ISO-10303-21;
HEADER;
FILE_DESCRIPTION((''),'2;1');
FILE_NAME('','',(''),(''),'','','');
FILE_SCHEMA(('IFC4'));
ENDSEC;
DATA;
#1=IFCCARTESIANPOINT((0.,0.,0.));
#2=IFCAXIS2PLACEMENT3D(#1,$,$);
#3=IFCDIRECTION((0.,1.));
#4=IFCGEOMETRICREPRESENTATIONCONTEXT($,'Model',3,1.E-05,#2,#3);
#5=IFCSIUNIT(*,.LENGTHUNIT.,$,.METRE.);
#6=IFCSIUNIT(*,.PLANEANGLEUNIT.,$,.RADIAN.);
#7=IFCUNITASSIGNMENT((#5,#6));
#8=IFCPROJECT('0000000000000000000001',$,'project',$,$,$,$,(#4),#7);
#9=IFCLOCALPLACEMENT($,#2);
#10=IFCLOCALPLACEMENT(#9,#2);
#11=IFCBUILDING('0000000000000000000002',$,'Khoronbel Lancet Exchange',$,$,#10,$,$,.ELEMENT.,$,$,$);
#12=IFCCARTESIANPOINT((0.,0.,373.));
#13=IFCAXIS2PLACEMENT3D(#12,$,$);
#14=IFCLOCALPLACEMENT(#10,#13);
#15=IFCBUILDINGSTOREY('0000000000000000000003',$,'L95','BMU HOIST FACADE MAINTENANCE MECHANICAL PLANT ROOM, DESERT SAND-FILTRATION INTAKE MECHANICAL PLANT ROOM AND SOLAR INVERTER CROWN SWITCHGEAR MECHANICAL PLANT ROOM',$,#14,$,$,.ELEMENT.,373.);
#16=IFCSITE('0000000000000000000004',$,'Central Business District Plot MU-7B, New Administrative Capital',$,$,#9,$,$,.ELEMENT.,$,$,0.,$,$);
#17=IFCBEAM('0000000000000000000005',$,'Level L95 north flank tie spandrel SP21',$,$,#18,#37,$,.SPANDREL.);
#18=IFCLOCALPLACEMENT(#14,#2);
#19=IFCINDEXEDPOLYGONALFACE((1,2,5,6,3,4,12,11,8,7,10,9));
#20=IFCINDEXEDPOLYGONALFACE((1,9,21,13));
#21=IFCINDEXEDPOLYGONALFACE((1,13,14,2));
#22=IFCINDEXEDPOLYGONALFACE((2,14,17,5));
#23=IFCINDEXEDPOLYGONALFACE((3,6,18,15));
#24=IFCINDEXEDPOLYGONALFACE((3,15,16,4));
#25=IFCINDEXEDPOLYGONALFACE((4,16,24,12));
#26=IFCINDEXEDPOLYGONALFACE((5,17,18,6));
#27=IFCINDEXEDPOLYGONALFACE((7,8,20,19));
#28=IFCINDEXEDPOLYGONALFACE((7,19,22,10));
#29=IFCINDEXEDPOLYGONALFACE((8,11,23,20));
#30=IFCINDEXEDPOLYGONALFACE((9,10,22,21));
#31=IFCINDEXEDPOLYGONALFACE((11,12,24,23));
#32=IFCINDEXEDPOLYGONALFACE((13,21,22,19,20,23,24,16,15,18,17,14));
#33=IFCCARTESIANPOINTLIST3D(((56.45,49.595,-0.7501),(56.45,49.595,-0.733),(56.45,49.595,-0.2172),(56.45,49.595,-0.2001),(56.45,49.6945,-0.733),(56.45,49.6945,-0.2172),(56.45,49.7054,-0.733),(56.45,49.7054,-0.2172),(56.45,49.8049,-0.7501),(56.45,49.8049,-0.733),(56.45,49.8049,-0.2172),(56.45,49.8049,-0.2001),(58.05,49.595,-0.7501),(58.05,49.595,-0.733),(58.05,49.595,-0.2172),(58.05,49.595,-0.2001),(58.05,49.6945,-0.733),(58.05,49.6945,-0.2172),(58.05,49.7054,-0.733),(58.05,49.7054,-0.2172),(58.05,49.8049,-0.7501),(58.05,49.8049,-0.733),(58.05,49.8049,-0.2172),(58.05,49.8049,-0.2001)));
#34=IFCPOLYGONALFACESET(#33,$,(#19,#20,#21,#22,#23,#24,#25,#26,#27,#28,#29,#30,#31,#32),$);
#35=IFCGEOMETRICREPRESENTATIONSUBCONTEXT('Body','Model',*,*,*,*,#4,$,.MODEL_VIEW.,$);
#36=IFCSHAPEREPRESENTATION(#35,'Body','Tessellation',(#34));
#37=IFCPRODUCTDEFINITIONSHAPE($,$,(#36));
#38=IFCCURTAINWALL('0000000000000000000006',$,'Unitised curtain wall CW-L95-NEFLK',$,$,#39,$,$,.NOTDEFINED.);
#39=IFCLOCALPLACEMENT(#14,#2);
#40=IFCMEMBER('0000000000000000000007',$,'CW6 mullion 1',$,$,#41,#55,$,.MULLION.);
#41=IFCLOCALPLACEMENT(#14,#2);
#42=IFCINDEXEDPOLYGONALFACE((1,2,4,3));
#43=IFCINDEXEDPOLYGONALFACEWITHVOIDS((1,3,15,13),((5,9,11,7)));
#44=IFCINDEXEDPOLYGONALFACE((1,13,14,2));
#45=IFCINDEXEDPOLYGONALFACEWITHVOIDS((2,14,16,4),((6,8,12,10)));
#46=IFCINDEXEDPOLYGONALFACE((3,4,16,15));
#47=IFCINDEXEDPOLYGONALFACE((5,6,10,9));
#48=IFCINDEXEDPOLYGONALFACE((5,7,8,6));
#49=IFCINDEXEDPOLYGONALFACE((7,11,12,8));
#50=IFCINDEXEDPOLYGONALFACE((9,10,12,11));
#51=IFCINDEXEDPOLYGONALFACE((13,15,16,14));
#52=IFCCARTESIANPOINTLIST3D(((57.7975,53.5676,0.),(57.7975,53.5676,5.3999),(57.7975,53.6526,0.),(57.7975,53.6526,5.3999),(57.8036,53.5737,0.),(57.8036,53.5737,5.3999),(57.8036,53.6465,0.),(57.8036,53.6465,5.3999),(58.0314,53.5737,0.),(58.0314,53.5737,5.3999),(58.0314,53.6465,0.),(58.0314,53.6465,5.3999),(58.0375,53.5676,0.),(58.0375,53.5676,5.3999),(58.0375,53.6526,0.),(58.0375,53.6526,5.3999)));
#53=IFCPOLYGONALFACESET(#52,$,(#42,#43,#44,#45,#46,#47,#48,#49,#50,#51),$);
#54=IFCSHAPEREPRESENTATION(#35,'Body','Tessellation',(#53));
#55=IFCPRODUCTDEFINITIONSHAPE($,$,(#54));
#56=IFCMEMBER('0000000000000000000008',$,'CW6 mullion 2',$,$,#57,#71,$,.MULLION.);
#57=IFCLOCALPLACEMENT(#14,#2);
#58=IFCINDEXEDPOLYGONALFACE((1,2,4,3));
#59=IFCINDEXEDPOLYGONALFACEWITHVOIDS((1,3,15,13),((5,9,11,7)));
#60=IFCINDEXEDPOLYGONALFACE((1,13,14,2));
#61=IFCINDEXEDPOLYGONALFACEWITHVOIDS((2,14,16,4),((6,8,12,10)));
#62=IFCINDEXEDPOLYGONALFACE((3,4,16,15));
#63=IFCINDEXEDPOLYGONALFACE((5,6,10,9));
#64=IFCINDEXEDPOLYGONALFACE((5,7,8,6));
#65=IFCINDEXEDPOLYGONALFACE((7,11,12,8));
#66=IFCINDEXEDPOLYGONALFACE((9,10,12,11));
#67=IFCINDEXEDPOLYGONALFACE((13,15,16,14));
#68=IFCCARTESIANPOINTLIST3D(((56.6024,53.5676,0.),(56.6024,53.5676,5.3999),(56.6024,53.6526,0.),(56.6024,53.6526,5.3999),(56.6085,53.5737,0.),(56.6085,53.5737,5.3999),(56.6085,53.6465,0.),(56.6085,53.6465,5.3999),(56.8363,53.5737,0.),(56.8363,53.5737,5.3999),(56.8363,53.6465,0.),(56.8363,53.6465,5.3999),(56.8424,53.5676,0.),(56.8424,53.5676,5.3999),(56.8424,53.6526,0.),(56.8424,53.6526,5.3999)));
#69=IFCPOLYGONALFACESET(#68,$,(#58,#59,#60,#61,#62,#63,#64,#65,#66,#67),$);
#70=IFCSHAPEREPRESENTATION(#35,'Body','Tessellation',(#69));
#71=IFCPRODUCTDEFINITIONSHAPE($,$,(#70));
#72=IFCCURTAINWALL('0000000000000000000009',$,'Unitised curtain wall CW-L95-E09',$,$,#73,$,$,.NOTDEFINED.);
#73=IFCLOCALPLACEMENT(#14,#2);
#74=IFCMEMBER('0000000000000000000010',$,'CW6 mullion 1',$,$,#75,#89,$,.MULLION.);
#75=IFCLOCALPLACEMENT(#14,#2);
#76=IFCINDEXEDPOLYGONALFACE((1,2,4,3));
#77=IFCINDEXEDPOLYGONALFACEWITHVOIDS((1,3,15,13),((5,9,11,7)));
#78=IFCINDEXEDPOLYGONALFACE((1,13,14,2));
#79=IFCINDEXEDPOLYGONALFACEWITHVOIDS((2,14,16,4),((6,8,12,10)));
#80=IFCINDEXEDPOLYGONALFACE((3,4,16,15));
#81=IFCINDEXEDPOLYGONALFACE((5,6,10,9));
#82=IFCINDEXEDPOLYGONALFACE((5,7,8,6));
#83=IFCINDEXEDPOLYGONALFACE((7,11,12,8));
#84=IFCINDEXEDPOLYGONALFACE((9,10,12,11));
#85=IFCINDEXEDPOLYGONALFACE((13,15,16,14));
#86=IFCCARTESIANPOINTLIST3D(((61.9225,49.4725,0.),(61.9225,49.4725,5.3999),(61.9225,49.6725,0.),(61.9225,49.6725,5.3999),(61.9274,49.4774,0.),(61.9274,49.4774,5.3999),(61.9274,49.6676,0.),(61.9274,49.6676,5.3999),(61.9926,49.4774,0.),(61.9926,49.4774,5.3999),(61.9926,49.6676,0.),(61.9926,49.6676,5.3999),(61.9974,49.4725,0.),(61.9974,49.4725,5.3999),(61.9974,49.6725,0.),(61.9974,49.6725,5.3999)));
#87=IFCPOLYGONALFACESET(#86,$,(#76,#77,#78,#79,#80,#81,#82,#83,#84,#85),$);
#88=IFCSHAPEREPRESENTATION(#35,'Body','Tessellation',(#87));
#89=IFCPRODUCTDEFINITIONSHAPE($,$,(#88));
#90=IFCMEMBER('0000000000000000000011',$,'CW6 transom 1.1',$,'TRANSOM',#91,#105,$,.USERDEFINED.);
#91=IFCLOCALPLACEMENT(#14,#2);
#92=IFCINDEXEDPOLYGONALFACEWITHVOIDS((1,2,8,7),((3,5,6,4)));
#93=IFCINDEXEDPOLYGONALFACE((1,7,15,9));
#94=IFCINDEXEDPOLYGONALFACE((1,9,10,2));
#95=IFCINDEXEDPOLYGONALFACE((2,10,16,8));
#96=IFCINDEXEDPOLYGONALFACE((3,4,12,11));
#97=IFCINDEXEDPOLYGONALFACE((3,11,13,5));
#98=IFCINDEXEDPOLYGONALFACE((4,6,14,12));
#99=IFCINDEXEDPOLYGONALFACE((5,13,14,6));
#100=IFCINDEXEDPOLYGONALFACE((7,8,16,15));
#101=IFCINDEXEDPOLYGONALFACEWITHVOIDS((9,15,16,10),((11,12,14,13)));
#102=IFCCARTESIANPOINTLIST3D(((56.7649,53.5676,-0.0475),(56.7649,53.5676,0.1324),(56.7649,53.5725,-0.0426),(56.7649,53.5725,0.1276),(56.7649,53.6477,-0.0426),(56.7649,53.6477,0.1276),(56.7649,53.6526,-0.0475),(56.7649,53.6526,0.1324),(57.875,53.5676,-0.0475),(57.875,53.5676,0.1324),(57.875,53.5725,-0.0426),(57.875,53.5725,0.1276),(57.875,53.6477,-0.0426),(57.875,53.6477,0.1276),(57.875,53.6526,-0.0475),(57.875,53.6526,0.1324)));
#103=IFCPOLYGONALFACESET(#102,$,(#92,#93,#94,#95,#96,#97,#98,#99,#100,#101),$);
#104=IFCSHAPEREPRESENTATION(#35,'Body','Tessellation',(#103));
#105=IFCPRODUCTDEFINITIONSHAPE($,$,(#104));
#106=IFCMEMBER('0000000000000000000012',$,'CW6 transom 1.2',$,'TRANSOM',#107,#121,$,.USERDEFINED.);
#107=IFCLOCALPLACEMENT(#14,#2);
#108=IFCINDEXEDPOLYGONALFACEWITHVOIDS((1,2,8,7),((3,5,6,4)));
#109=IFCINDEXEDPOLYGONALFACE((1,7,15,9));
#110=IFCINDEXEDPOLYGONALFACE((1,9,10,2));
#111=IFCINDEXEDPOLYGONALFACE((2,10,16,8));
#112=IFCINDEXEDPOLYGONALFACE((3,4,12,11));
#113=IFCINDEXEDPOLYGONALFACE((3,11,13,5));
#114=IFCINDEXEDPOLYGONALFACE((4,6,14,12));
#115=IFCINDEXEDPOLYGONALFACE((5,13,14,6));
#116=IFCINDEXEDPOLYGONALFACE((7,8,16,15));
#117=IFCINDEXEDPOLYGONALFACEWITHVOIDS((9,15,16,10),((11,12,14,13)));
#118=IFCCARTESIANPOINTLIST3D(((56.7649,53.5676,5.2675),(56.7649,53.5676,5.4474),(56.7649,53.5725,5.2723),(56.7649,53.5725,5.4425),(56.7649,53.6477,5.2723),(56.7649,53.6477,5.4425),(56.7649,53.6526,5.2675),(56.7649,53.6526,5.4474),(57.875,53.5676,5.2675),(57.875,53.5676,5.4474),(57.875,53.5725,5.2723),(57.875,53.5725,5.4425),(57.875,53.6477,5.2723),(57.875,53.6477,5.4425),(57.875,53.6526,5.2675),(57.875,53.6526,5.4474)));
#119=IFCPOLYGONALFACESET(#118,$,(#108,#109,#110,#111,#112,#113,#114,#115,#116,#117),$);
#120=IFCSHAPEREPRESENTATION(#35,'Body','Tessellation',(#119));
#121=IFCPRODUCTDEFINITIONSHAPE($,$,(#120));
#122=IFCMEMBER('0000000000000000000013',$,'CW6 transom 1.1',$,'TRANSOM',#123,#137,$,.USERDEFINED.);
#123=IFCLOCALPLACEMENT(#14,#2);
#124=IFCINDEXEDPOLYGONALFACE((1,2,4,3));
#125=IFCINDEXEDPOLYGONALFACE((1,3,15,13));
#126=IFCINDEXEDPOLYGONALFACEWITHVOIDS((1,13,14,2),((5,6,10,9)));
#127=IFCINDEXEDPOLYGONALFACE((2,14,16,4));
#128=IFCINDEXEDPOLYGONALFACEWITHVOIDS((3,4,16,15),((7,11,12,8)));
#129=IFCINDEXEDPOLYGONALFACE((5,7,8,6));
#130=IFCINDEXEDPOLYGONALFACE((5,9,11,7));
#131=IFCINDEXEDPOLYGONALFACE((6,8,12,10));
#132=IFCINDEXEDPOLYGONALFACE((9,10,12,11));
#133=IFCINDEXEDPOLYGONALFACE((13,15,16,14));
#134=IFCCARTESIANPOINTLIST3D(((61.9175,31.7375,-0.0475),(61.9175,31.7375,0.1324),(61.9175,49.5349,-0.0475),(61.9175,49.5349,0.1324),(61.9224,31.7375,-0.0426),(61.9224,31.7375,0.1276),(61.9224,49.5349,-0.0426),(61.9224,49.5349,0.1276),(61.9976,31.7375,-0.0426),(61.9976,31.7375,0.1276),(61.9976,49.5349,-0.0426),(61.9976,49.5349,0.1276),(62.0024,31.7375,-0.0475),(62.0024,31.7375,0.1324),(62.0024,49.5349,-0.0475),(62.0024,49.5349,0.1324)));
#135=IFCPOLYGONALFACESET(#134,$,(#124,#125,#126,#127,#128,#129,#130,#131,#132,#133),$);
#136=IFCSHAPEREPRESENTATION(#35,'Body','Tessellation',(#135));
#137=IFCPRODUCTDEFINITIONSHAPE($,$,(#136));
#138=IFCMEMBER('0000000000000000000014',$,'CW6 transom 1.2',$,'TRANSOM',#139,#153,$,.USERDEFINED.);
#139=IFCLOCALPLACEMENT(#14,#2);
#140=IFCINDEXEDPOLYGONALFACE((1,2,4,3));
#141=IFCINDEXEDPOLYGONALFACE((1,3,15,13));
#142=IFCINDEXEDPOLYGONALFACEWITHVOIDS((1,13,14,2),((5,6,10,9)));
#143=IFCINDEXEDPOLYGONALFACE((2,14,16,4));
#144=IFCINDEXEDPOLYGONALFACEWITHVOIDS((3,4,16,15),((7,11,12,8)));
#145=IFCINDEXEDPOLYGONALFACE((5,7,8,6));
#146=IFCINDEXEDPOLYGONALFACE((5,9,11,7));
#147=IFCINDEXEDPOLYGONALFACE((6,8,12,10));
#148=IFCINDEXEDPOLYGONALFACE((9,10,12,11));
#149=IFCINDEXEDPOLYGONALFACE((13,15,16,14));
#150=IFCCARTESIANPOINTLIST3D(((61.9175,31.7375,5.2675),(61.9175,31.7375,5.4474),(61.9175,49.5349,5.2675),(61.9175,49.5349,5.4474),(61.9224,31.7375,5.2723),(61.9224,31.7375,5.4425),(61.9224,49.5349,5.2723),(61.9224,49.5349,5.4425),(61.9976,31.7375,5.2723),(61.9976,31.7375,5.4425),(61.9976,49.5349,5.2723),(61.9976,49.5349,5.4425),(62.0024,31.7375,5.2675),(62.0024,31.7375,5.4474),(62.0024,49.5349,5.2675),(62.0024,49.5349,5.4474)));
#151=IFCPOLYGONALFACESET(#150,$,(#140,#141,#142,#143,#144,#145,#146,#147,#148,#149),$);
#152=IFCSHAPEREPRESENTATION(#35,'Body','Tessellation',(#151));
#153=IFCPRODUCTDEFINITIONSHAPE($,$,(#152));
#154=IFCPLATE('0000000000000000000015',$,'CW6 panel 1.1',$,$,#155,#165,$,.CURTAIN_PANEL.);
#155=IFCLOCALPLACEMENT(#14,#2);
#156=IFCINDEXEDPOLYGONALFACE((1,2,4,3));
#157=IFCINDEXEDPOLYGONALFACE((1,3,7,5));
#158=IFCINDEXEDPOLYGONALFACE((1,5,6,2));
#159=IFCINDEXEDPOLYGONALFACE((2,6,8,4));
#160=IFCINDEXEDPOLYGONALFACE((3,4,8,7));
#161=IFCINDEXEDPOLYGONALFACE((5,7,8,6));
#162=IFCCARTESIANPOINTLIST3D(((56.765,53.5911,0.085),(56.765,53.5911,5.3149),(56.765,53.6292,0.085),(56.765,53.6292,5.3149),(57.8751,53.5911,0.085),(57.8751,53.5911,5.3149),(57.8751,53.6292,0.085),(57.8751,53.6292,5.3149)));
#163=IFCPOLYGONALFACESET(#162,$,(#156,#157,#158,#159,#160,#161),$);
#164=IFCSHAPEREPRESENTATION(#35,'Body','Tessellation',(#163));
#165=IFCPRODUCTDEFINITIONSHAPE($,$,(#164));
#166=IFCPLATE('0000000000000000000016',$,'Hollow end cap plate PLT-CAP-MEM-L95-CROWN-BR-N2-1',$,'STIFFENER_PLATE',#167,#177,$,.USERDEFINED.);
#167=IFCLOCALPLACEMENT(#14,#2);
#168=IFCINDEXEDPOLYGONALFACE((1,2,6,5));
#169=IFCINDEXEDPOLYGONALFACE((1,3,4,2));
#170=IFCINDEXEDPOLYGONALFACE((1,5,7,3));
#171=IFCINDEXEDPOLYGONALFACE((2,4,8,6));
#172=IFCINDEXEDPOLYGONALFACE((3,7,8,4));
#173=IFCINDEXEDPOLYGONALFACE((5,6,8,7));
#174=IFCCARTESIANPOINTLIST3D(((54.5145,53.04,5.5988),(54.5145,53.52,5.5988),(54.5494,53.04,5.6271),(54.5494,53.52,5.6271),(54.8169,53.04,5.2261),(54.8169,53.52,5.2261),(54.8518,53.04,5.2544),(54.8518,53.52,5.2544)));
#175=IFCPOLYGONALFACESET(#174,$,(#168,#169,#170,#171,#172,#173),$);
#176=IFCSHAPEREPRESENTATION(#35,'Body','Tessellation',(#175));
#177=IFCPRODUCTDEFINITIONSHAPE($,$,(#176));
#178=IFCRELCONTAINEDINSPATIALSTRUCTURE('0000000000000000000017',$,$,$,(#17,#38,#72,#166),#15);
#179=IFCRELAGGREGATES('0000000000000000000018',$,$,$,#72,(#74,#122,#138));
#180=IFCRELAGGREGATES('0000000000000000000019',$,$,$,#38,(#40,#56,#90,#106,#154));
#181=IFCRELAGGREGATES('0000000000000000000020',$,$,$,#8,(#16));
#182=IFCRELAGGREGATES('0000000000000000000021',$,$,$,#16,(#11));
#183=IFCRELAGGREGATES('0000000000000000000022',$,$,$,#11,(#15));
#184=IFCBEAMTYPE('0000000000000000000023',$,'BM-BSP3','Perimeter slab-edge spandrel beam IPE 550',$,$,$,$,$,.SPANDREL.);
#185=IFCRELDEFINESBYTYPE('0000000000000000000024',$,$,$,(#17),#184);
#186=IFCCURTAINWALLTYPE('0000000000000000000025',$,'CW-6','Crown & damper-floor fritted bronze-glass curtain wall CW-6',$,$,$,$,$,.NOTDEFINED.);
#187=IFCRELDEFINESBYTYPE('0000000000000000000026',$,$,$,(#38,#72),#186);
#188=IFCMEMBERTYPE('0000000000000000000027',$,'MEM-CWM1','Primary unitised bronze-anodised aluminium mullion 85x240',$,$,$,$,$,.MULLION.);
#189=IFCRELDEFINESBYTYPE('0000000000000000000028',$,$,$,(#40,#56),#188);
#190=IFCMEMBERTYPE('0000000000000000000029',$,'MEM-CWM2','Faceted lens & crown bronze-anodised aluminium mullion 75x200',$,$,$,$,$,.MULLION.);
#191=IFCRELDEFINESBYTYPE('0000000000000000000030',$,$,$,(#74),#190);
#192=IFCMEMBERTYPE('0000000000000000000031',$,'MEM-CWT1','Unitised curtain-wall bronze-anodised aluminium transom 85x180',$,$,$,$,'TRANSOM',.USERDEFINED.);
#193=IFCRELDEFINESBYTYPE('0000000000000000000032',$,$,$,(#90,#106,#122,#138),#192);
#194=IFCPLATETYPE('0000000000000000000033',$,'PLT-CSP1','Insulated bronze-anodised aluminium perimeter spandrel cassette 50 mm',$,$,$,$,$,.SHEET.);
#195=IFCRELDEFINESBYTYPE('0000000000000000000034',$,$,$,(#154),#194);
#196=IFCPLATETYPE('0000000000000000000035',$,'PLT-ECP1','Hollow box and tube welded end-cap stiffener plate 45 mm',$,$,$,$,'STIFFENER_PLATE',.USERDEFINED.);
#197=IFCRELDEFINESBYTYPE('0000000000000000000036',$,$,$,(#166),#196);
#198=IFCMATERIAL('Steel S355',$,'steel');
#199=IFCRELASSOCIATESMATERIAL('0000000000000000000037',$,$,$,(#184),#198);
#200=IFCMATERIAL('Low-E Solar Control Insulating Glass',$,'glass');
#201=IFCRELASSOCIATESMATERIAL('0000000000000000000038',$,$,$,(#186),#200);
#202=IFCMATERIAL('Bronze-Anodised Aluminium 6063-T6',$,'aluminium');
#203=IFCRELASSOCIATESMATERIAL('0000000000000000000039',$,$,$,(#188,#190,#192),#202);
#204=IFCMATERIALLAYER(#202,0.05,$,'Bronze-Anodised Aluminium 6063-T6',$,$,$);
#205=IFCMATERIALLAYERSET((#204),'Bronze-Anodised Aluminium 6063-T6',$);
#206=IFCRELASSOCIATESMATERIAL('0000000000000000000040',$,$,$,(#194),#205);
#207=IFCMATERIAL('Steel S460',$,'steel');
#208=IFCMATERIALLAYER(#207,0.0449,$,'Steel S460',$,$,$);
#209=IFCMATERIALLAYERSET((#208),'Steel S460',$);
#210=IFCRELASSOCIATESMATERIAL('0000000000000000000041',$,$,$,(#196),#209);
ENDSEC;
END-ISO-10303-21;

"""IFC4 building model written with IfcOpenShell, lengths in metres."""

from ifc_helpers import new_model, si_unit, direction, frame, origin, origin_2d, place, context, subcontext, project, spatial, polyline, rectangle, hollow_rectangle, i_section, outline, extrude, material, layer, layer_set, material_profile, profile_set, type_object, element, aggregate, save


model = new_model("IFC4")

# Units and contexts
model_context = context("Model", 3, precision=1e-05, world=origin(), true_north=direction((0.0, 1.0)))
body_context = subcontext(model_context, "Body", "Model", "MODEL_VIEW")
ifc_project = project(units=[si_unit("LENGTHUNIT", "METRE"), si_unit("PLANEANGLEUNIT", "RADIAN")], contexts=[model_context])

# Site, building, storey
site_placement = place(None, origin())
site = spatial("IfcSite", under=ifc_project, at=site_placement, Name="Central Business District Plot MU-7B, New Administrative Capital", CompositionType="ELEMENT", RefElevation=0.0)
building_placement = place(site_placement, origin())
building = spatial("IfcBuilding", under=site, at=building_placement, Name="Khoronbel Lancet Exchange", CompositionType="ELEMENT")
storey_placement = place(building_placement, frame((0.0, 0.0, 373.0)))
storey = spatial("IfcBuildingStorey", under=building, at=storey_placement, Name="L95", Description="BMU HOIST FACADE MAINTENANCE MECHANICAL PLANT ROOM, DESERT SAND-FILTRATION INTAKE MECHANICAL PLANT ROOM AND SOLAR INVERTER CROWN SWITCHGEAR MECHANICAL PLANT ROOM", CompositionType="ELEMENT", Elevation=373.0)

# Shared definitions
ifc_material_1 = material(Name="Steel S355", Category="steel")
ifc_material_2 = material(Name="Steel S460", Category="steel")

# Beam
ifc_material_profile_1 = material_profile(ifc_material_1, i_section(OverallWidth=0.21, OverallDepth=0.55, WebThickness=0.011, FlangeThickness=0.0171, at=origin_2d()), Name="IPE 550")
ifc_profile_set_1 = profile_set([ifc_material_profile_1], Name="Steel S355")
beam_type_1 = type_object("IfcBeamType", Name="BM-BSP3", Description="Perimeter slab-edge spandrel beam IPE 550", PredefinedType="SPANDREL", material=ifc_profile_set_1)
beam_1_placement = place(storey_placement, frame((58.05, 49.7, -0.4751), z_axis=(-1.0, 0.0, 0.0), x_axis=(0.0, -1.0, 0.0)))
element("IfcBeam", 1, at=beam_1_placement, inside=storey, type_object=beam_type_1, Name="Level L95 north flank tie spandrel SP21", PredefinedType="SPANDREL", context=body_context, shape_type="SweptSolid", body=[
    extrude(i_section(OverallWidth=0.21, OverallDepth=0.55, WebThickness=0.011, FlangeThickness=0.0171, at=origin_2d()), origin(), (0.0, 0.0, 1.0), 1.6001),
])

# Curtain wall, members
ifc_material_3 = material(Name="Low-E Solar Control Insulating Glass", Category="glass")
curtain_wall_type = type_object("IfcCurtainWallType", Name="CW-6", Description="Crown & damper-floor fritted bronze-glass curtain wall CW-6", PredefinedType="NOTDEFINED", material=ifc_material_3)
curtain_wall_1_placement = place(storey_placement, origin())
curtain_wall_1 = element("IfcCurtainWall", 2, at=curtain_wall_1_placement, inside=storey, type_object=curtain_wall_type, Name="Unitised curtain wall CW-L95-NEFLK", PredefinedType="NOTDEFINED")
ifc_material_4 = material(Name="Bronze-Anodised Aluminium 6063-T6", Category="aluminium")
ifc_material_profile_2 = material_profile(ifc_material_4, hollow_rectangle(XDim=0.085, YDim=0.24, WallThickness=0.0061, at=origin_2d()), Name="ALU MULLION 85x240")
ifc_profile_set_2 = profile_set([ifc_material_profile_2], Name="Bronze-Anodised Aluminium 6063-T6")
member_type_1 = type_object("IfcMemberType", Name="MEM-CWM1", Description="Primary unitised bronze-anodised aluminium mullion 85x240", PredefinedType="MULLION", material=ifc_profile_set_2)
member_1_placement = place(storey_placement, frame((57.9175, 53.6101, 0.0), z_axis=(0.0, 0.0, 1.0), x_axis=(0.0, -1.0, 0.0)))
member_1 = element("IfcMember", 3, at=member_1_placement, type_object=member_type_1, Name="CW6 mullion 1", PredefinedType="MULLION", context=body_context, shape_type="SweptSolid", body=[
    extrude(hollow_rectangle(XDim=0.085, YDim=0.24, WallThickness=0.0061, at=origin_2d()), origin(), (0.0, 0.0, 1.0), 5.3999),
])
member_2_placement = place(storey_placement, frame((56.7224, 53.6101, 0.0), z_axis=(0.0, 0.0, 1.0), x_axis=(0.0, -1.0, 0.0)))
member_2 = element("IfcMember", 4, at=member_2_placement, type_object=member_type_1, Name="CW6 mullion 2", PredefinedType="MULLION", context=body_context, shape_type="SweptSolid", body=[
    extrude(hollow_rectangle(XDim=0.085, YDim=0.24, WallThickness=0.0061, at=origin_2d()), origin(), (0.0, 0.0, 1.0), 5.3999),
])

# Curtain wall, member
curtain_wall_2_placement = place(storey_placement, origin())
curtain_wall_2 = element("IfcCurtainWall", 5, at=curtain_wall_2_placement, inside=storey, type_object=curtain_wall_type, Name="Unitised curtain wall CW-L95-E09", PredefinedType="NOTDEFINED")
ifc_material_profile_3 = material_profile(ifc_material_4, hollow_rectangle(XDim=0.075, YDim=0.2, WallThickness=0.0049, at=origin_2d()), Name="ALU MULLION 75x200")
ifc_profile_set_3 = profile_set([ifc_material_profile_3], Name="Bronze-Anodised Aluminium 6063-T6")
member_type_2 = type_object("IfcMemberType", Name="MEM-CWM2", Description="Faceted lens & crown bronze-anodised aluminium mullion 75x200", PredefinedType="MULLION", material=ifc_profile_set_3)
member_3_placement = place(storey_placement, frame((61.96, 49.5725, 0.0), z_axis=(0.0, 0.0, 1.0), x_axis=(1.0, 0.0, 0.0)))
member_3 = element("IfcMember", 6, at=member_3_placement, type_object=member_type_2, Name="CW6 mullion 1", PredefinedType="MULLION", context=body_context, shape_type="SweptSolid", body=[
    extrude(hollow_rectangle(XDim=0.075, YDim=0.2, WallThickness=0.0049, at=origin_2d()), origin(), (0.0, 0.0, 1.0), 5.3999),
])

# Members
ifc_material_profile_4 = material_profile(ifc_material_4, hollow_rectangle(XDim=0.085, YDim=0.1799, WallThickness=0.0049, at=origin_2d()), Name="ALU TRANSOM 85x180")
ifc_profile_set_4 = profile_set([ifc_material_profile_4], Name="Bronze-Anodised Aluminium 6063-T6")
member_type_3 = type_object("IfcMemberType", Name="MEM-CWT1", Description="Unitised curtain-wall bronze-anodised aluminium transom 85x180", ElementType="TRANSOM", PredefinedType="USERDEFINED", material=ifc_profile_set_4)
member_4_placement = place(storey_placement, frame((57.875, 53.6101, 0.0425), z_axis=(-1.0, 0.0, 0.0), x_axis=(0.0, -1.0, 0.0)))
member_4 = element("IfcMember", 7, at=member_4_placement, type_object=member_type_3, Name="CW6 transom 1.1", ObjectType="TRANSOM", PredefinedType="USERDEFINED", context=body_context, shape_type="SweptSolid", body=[
    extrude(hollow_rectangle(XDim=0.085, YDim=0.1799, WallThickness=0.0049, at=origin_2d()), origin(), (0.0, 0.0, 1.0), 1.1101),
])
member_5_placement = place(storey_placement, frame((57.875, 53.6101, 5.3574), z_axis=(-1.0, 0.0, 0.0), x_axis=(0.0, -1.0, 0.0)))
member_5 = element("IfcMember", 8, at=member_5_placement, type_object=member_type_3, Name="CW6 transom 1.2", ObjectType="TRANSOM", PredefinedType="USERDEFINED", context=body_context, shape_type="SweptSolid", body=[
    extrude(hollow_rectangle(XDim=0.085, YDim=0.1799, WallThickness=0.0049, at=origin_2d()), origin(), (0.0, 0.0, 1.0), 1.1101),
])
member_6_placement = place(storey_placement, frame((61.96, 49.5349, 0.0425), z_axis=(0.0, -1.0, 0.0), x_axis=(1.0, 0.0, 0.0)))
member_6 = element("IfcMember", 9, at=member_6_placement, type_object=member_type_3, Name="CW6 transom 1.1", ObjectType="TRANSOM", PredefinedType="USERDEFINED", context=body_context, shape_type="SweptSolid", body=[
    extrude(hollow_rectangle(XDim=0.085, YDim=0.1799, WallThickness=0.0049, at=origin_2d()), origin(), (0.0, 0.0, 1.0), 17.7974),
])
member_7_placement = place(storey_placement, frame((61.96, 49.5349, 5.3574), z_axis=(0.0, -1.0, 0.0), x_axis=(1.0, 0.0, 0.0)))
member_7 = element("IfcMember", 10, at=member_7_placement, type_object=member_type_3, Name="CW6 transom 1.2", ObjectType="TRANSOM", PredefinedType="USERDEFINED", context=body_context, shape_type="SweptSolid", body=[
    extrude(hollow_rectangle(XDim=0.085, YDim=0.1799, WallThickness=0.0049, at=origin_2d()), origin(), (0.0, 0.0, 1.0), 17.7974),
])
aggregate(curtain_wall_2, [member_3, member_6, member_7])

# Plates
ifc_layer_1 = layer(ifc_material_4, 0.05, Name="Bronze-Anodised Aluminium 6063-T6")
ifc_layer_set_1 = layer_set([ifc_layer_1], Name="Bronze-Anodised Aluminium 6063-T6")
plate_type_1 = type_object("IfcPlateType", Name="PLT-CSP1", Description="Insulated bronze-anodised aluminium perimeter spandrel cassette 50 mm", PredefinedType="SHEET", material=ifc_layer_set_1)
plate_1_placement = place(storey_placement, frame((57.3201, 53.6101, 0.085), z_axis=(0.0, 0.0, 1.0), x_axis=(-1.0, 0.0, 0.0)))
plate_1 = element("IfcPlate", 11, at=plate_1_placement, type_object=plate_type_1, Name="CW6 panel 1.1", PredefinedType="CURTAIN_PANEL", context=body_context, shape_type="SweptSolid", body=[
    extrude(rectangle(XDim=1.1101, YDim=0.0381, at=origin_2d()), origin(), (0.0, 0.0, 1.0), 5.23),
])
aggregate(curtain_wall_1, [member_1, member_2, member_4, member_5, plate_1])
ifc_layer_2 = layer(ifc_material_2, 0.0449, Name="Steel S460")
ifc_layer_set_2 = layer_set([ifc_layer_2], Name="Steel S460")
plate_type_2 = type_object("IfcPlateType", Name="PLT-ECP1", Description="Hollow box and tube welded end-cap stiffener plate 45 mm", ElementType="STIFFENER_PLATE", PredefinedType="USERDEFINED", material=ifc_layer_set_2)
plate_2_placement = place(storey_placement, frame((54.8518, 53.04, 5.2544), z_axis=(0.776534, 0.0, 0.630076), x_axis=(0.0, 1.0, 0.0)))
element("IfcPlate", 12, at=plate_2_placement, inside=storey, type_object=plate_type_2, Name="Hollow end cap plate PLT-CAP-MEM-L95-CROWN-BR-N2-1", ObjectType="STIFFENER_PLATE", PredefinedType="USERDEFINED", context=body_context, shape_type="SweptSolid", body=[
    extrude(outline(polyline([(0.0, 0.0), (0.48, 0.0), (0.48, 0.48), (0.0, 0.48), (0.0, 0.0)])), origin(), (0.0, 0.0, -1.0), 0.0449),
])

save(model, "model.ifc")
